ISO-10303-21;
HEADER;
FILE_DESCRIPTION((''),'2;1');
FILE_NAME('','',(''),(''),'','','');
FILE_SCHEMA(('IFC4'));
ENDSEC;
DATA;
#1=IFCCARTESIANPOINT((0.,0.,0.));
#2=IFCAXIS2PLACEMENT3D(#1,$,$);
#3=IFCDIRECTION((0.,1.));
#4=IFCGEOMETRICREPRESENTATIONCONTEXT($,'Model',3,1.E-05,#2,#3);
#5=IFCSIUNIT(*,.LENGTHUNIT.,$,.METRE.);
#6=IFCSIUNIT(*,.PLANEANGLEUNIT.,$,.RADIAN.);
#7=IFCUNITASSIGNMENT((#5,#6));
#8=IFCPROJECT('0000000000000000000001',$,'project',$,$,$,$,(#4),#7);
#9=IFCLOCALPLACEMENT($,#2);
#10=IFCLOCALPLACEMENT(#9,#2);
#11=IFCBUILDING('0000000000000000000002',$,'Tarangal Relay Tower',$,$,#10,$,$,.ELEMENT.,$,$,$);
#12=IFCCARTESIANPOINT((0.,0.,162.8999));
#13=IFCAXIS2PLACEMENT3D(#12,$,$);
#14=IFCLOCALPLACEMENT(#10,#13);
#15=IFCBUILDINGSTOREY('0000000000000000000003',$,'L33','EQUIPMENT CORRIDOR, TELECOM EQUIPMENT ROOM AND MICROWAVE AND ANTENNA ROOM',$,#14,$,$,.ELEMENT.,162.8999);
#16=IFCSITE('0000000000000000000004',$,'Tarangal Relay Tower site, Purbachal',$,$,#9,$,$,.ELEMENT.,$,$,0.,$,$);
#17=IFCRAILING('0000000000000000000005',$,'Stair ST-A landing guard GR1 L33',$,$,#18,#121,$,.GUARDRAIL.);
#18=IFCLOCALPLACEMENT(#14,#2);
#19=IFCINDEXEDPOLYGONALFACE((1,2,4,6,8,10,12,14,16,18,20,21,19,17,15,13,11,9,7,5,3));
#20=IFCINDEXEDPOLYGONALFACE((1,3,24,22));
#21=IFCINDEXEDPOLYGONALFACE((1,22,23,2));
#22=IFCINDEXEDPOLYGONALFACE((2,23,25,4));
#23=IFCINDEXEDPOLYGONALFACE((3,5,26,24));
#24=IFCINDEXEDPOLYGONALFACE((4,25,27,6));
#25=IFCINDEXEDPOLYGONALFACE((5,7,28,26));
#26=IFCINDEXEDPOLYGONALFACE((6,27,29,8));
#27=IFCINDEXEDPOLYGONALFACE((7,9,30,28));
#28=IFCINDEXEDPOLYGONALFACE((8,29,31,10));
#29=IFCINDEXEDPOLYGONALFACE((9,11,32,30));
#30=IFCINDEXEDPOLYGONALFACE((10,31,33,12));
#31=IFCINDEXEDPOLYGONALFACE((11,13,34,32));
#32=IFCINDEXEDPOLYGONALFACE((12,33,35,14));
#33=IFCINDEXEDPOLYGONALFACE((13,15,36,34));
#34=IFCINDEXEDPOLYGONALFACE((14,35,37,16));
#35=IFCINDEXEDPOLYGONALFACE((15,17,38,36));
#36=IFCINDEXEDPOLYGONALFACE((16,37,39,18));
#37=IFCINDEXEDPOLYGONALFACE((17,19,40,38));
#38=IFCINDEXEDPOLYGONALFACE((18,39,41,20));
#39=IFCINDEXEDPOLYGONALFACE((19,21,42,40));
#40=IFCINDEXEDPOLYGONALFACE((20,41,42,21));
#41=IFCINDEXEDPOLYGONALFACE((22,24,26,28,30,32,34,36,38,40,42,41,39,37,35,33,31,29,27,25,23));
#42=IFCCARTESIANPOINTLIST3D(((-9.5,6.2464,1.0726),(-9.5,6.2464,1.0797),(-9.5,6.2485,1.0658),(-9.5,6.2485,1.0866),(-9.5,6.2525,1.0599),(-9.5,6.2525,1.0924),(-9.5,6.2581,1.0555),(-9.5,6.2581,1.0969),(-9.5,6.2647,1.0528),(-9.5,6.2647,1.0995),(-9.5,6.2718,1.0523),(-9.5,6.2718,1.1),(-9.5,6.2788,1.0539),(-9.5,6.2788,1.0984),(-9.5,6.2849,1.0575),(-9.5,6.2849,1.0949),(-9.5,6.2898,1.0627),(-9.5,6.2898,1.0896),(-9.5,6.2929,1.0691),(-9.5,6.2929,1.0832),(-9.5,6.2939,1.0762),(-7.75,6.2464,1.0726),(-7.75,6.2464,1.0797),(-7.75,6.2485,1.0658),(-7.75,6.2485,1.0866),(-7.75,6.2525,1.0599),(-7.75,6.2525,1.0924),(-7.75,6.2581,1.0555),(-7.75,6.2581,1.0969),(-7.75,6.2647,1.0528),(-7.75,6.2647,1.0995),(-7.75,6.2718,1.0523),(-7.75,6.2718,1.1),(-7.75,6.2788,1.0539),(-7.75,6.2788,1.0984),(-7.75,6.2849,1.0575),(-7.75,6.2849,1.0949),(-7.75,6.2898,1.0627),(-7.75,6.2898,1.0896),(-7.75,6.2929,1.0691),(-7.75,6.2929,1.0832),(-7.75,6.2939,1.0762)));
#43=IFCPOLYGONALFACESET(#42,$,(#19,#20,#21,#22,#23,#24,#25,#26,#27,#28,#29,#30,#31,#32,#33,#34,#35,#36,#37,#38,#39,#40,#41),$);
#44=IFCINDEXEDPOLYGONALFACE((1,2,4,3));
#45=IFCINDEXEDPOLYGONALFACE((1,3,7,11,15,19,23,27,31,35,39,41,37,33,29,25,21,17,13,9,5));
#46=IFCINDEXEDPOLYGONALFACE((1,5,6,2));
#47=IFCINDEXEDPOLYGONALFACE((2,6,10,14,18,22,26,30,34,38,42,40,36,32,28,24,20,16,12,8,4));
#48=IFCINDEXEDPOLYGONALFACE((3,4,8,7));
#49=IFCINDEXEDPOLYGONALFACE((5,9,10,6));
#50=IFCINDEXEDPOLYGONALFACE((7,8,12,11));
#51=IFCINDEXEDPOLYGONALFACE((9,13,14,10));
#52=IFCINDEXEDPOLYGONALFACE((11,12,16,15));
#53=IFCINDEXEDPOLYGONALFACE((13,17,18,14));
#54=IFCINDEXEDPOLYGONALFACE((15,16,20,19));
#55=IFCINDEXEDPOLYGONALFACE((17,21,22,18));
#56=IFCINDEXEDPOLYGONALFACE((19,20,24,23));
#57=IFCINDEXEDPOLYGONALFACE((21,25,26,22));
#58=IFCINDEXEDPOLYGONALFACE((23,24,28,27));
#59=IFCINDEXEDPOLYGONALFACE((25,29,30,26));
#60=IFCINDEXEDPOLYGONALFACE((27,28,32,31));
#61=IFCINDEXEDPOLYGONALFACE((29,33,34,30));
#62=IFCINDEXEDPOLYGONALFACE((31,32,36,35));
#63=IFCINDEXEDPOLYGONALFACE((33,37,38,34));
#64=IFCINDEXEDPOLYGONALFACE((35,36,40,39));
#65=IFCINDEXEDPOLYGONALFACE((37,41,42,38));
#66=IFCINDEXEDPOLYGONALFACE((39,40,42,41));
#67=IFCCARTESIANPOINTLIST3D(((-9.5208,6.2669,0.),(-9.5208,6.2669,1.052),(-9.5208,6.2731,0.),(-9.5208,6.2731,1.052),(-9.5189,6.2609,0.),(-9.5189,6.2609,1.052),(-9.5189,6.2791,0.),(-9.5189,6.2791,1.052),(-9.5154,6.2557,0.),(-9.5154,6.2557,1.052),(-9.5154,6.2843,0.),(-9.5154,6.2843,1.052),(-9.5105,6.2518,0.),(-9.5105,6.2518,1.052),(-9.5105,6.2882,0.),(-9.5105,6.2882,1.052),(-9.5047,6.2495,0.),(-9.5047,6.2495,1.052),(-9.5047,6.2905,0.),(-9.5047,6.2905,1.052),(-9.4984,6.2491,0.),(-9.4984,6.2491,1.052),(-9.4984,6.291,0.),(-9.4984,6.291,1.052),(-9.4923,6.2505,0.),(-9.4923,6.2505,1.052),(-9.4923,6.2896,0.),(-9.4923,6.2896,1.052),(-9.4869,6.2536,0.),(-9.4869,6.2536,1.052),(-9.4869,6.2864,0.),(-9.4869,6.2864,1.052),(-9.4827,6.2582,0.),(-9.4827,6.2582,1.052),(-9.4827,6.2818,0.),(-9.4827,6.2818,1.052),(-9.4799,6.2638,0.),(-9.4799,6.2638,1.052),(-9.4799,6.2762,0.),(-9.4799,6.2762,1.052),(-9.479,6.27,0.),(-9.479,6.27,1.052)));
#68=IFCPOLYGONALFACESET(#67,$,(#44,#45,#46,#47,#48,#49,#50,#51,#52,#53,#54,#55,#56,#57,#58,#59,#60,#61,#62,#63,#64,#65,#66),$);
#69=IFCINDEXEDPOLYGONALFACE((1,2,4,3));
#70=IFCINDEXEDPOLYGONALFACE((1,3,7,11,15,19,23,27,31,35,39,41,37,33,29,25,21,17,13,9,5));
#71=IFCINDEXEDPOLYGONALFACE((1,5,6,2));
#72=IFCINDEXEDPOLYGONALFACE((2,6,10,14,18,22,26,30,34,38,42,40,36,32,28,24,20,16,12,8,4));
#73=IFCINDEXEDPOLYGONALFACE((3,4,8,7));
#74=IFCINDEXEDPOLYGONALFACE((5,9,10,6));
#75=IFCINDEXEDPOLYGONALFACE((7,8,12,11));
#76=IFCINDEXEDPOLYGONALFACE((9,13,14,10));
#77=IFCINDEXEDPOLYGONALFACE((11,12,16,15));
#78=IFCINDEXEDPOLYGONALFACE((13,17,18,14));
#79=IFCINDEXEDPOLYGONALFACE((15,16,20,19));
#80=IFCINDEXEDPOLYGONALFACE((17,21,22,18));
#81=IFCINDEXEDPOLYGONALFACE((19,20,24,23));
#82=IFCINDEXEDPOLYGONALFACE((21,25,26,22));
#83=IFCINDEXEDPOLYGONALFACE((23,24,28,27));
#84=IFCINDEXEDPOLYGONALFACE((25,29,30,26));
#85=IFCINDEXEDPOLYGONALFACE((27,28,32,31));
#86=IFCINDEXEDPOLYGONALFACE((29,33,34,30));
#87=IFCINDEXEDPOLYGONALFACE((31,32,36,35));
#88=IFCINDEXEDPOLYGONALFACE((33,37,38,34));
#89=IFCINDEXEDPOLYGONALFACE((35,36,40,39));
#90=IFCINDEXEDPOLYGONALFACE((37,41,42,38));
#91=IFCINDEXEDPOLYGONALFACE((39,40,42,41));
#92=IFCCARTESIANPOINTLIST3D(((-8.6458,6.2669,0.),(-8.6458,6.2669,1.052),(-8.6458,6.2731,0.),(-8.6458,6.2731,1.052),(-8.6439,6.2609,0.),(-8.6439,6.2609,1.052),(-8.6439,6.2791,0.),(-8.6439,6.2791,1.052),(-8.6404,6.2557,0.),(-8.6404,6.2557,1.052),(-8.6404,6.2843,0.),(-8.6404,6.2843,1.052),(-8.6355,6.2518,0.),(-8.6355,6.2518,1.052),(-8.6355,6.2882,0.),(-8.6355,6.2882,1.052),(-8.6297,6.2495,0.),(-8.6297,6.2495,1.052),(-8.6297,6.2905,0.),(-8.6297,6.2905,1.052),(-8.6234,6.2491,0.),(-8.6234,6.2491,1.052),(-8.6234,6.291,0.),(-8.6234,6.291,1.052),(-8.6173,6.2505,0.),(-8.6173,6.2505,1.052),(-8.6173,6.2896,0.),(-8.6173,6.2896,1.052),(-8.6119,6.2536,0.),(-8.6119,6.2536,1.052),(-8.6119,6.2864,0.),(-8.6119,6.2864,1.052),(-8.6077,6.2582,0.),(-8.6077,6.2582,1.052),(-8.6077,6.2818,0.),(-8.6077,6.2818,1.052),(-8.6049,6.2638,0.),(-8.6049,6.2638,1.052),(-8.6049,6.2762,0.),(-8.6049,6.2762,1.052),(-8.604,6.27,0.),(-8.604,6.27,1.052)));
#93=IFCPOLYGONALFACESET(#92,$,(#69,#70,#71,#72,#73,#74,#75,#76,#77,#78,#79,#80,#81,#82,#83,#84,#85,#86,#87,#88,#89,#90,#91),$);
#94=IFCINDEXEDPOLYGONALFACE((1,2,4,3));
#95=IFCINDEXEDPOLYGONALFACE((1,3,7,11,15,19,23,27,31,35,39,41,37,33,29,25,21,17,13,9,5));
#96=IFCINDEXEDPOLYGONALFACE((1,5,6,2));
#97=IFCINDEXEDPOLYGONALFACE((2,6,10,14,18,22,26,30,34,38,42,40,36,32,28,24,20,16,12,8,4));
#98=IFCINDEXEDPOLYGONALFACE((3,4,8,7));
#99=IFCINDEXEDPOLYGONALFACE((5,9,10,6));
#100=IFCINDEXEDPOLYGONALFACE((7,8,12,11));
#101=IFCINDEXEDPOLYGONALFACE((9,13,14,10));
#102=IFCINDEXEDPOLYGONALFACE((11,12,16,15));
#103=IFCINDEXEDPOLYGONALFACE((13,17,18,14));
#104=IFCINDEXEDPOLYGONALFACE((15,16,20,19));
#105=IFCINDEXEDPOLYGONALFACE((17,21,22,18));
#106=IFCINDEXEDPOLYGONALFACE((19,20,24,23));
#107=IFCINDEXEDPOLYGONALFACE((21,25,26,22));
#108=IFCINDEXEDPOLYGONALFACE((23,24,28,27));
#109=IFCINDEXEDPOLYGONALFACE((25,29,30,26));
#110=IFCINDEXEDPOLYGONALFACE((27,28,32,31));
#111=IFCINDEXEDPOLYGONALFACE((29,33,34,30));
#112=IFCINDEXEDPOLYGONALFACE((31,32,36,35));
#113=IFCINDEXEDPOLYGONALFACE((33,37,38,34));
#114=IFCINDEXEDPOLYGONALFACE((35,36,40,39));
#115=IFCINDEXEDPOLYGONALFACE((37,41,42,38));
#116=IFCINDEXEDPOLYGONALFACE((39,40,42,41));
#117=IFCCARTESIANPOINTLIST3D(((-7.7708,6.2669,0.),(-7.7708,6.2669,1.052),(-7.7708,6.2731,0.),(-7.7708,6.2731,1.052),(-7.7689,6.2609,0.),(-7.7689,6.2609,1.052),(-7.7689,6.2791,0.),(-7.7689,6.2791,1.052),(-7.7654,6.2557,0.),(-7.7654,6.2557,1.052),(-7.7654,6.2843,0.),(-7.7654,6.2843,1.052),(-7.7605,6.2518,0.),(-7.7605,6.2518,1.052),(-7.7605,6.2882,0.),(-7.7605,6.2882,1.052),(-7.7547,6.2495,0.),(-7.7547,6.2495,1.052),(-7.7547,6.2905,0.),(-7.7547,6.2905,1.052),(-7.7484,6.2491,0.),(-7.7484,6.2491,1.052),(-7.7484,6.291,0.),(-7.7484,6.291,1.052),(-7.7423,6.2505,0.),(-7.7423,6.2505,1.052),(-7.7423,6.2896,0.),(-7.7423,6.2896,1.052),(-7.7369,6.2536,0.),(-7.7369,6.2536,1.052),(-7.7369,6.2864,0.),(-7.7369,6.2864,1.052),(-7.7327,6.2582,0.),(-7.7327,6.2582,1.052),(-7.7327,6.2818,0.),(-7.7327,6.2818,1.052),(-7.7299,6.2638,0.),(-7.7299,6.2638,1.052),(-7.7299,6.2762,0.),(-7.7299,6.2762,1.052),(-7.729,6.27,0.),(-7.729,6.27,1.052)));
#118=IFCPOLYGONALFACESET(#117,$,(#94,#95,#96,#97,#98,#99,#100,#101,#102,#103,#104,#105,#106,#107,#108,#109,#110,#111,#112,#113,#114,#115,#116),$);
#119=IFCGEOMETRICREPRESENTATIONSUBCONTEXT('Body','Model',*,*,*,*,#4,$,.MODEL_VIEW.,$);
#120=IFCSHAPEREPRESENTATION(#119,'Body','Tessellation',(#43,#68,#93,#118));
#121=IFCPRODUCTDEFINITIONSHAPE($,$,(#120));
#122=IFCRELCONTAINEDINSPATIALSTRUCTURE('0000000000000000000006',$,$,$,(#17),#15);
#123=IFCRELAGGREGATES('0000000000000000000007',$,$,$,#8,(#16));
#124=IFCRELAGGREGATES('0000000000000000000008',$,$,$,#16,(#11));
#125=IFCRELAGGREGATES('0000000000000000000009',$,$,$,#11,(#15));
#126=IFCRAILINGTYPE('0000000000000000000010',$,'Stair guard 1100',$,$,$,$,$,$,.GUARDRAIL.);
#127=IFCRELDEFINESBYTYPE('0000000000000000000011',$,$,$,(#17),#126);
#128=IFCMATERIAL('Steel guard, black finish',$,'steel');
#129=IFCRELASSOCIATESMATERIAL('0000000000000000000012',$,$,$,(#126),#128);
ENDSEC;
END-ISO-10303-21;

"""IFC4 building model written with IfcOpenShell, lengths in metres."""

from ifc_helpers import new_model, si_unit, direction, frame, origin, origin_2d, place, context, subcontext, project, spatial, circle, extrude, material, type_object, element, save


model = new_model("IFC4")

# Units and contexts
model_context = context("Model", 3, precision=1e-05, world=origin(), true_north=direction((0.0, 1.0)))
body_context = subcontext(model_context, "Body", "Model", "MODEL_VIEW")
ifc_project = project(units=[si_unit("LENGTHUNIT", "METRE"), si_unit("PLANEANGLEUNIT", "RADIAN")], contexts=[model_context])

# Site, building, storey
site_placement = place(None, origin())
site = spatial("IfcSite", under=ifc_project, at=site_placement, Name="Tarangal Relay Tower site, Purbachal", CompositionType="ELEMENT", RefElevation=0.0)
building_placement = place(site_placement, origin())
building = spatial("IfcBuilding", under=site, at=building_placement, Name="Tarangal Relay Tower", CompositionType="ELEMENT")
storey_placement = place(building_placement, frame((0.0, 0.0, 162.8999)))
storey = spatial("IfcBuildingStorey", under=building, at=storey_placement, Name="L33", Description="EQUIPMENT CORRIDOR, TELECOM EQUIPMENT ROOM AND MICROWAVE AND ANTENNA ROOM", CompositionType="ELEMENT", Elevation=162.8999)

# Railing
ifc_material_1 = material(Name="Steel guard, black finish", Category="steel")
railing_type = type_object("IfcRailingType", Name="Stair guard 1100", PredefinedType="GUARDRAIL", material=ifc_material_1)
railing_1_placement = place(storey_placement, frame((-9.5, 6.27, 0.0)))
element("IfcRailing", 1, at=railing_1_placement, inside=storey, type_object=railing_type, Name="Stair ST-A landing guard GR1 L33", PredefinedType="GUARDRAIL", context=body_context, shape_type="SweptSolid", body=[
    extrude(circle(Radius=0.0239, at=origin_2d()), frame((0.0, 0.0, 1.0762), z_axis=(1.0, 0.0, 0.0), x_axis=(0.0, 1.0, 0.0)), (0.0, 0.0, 1.0), 1.75),
    extrude(circle(Radius=0.021, at=origin_2d()), origin(), (0.0, 0.0, 1.0), 1.052),
    extrude(circle(Radius=0.021, at=origin_2d()), frame((0.875, 0.0, 0.0)), (0.0, 0.0, 1.0), 1.052),
    extrude(circle(Radius=0.021, at=origin_2d()), frame((1.75, 0.0, 0.0)), (0.0, 0.0, 1.0), 1.052),
])

save(model, "model.ifc")
